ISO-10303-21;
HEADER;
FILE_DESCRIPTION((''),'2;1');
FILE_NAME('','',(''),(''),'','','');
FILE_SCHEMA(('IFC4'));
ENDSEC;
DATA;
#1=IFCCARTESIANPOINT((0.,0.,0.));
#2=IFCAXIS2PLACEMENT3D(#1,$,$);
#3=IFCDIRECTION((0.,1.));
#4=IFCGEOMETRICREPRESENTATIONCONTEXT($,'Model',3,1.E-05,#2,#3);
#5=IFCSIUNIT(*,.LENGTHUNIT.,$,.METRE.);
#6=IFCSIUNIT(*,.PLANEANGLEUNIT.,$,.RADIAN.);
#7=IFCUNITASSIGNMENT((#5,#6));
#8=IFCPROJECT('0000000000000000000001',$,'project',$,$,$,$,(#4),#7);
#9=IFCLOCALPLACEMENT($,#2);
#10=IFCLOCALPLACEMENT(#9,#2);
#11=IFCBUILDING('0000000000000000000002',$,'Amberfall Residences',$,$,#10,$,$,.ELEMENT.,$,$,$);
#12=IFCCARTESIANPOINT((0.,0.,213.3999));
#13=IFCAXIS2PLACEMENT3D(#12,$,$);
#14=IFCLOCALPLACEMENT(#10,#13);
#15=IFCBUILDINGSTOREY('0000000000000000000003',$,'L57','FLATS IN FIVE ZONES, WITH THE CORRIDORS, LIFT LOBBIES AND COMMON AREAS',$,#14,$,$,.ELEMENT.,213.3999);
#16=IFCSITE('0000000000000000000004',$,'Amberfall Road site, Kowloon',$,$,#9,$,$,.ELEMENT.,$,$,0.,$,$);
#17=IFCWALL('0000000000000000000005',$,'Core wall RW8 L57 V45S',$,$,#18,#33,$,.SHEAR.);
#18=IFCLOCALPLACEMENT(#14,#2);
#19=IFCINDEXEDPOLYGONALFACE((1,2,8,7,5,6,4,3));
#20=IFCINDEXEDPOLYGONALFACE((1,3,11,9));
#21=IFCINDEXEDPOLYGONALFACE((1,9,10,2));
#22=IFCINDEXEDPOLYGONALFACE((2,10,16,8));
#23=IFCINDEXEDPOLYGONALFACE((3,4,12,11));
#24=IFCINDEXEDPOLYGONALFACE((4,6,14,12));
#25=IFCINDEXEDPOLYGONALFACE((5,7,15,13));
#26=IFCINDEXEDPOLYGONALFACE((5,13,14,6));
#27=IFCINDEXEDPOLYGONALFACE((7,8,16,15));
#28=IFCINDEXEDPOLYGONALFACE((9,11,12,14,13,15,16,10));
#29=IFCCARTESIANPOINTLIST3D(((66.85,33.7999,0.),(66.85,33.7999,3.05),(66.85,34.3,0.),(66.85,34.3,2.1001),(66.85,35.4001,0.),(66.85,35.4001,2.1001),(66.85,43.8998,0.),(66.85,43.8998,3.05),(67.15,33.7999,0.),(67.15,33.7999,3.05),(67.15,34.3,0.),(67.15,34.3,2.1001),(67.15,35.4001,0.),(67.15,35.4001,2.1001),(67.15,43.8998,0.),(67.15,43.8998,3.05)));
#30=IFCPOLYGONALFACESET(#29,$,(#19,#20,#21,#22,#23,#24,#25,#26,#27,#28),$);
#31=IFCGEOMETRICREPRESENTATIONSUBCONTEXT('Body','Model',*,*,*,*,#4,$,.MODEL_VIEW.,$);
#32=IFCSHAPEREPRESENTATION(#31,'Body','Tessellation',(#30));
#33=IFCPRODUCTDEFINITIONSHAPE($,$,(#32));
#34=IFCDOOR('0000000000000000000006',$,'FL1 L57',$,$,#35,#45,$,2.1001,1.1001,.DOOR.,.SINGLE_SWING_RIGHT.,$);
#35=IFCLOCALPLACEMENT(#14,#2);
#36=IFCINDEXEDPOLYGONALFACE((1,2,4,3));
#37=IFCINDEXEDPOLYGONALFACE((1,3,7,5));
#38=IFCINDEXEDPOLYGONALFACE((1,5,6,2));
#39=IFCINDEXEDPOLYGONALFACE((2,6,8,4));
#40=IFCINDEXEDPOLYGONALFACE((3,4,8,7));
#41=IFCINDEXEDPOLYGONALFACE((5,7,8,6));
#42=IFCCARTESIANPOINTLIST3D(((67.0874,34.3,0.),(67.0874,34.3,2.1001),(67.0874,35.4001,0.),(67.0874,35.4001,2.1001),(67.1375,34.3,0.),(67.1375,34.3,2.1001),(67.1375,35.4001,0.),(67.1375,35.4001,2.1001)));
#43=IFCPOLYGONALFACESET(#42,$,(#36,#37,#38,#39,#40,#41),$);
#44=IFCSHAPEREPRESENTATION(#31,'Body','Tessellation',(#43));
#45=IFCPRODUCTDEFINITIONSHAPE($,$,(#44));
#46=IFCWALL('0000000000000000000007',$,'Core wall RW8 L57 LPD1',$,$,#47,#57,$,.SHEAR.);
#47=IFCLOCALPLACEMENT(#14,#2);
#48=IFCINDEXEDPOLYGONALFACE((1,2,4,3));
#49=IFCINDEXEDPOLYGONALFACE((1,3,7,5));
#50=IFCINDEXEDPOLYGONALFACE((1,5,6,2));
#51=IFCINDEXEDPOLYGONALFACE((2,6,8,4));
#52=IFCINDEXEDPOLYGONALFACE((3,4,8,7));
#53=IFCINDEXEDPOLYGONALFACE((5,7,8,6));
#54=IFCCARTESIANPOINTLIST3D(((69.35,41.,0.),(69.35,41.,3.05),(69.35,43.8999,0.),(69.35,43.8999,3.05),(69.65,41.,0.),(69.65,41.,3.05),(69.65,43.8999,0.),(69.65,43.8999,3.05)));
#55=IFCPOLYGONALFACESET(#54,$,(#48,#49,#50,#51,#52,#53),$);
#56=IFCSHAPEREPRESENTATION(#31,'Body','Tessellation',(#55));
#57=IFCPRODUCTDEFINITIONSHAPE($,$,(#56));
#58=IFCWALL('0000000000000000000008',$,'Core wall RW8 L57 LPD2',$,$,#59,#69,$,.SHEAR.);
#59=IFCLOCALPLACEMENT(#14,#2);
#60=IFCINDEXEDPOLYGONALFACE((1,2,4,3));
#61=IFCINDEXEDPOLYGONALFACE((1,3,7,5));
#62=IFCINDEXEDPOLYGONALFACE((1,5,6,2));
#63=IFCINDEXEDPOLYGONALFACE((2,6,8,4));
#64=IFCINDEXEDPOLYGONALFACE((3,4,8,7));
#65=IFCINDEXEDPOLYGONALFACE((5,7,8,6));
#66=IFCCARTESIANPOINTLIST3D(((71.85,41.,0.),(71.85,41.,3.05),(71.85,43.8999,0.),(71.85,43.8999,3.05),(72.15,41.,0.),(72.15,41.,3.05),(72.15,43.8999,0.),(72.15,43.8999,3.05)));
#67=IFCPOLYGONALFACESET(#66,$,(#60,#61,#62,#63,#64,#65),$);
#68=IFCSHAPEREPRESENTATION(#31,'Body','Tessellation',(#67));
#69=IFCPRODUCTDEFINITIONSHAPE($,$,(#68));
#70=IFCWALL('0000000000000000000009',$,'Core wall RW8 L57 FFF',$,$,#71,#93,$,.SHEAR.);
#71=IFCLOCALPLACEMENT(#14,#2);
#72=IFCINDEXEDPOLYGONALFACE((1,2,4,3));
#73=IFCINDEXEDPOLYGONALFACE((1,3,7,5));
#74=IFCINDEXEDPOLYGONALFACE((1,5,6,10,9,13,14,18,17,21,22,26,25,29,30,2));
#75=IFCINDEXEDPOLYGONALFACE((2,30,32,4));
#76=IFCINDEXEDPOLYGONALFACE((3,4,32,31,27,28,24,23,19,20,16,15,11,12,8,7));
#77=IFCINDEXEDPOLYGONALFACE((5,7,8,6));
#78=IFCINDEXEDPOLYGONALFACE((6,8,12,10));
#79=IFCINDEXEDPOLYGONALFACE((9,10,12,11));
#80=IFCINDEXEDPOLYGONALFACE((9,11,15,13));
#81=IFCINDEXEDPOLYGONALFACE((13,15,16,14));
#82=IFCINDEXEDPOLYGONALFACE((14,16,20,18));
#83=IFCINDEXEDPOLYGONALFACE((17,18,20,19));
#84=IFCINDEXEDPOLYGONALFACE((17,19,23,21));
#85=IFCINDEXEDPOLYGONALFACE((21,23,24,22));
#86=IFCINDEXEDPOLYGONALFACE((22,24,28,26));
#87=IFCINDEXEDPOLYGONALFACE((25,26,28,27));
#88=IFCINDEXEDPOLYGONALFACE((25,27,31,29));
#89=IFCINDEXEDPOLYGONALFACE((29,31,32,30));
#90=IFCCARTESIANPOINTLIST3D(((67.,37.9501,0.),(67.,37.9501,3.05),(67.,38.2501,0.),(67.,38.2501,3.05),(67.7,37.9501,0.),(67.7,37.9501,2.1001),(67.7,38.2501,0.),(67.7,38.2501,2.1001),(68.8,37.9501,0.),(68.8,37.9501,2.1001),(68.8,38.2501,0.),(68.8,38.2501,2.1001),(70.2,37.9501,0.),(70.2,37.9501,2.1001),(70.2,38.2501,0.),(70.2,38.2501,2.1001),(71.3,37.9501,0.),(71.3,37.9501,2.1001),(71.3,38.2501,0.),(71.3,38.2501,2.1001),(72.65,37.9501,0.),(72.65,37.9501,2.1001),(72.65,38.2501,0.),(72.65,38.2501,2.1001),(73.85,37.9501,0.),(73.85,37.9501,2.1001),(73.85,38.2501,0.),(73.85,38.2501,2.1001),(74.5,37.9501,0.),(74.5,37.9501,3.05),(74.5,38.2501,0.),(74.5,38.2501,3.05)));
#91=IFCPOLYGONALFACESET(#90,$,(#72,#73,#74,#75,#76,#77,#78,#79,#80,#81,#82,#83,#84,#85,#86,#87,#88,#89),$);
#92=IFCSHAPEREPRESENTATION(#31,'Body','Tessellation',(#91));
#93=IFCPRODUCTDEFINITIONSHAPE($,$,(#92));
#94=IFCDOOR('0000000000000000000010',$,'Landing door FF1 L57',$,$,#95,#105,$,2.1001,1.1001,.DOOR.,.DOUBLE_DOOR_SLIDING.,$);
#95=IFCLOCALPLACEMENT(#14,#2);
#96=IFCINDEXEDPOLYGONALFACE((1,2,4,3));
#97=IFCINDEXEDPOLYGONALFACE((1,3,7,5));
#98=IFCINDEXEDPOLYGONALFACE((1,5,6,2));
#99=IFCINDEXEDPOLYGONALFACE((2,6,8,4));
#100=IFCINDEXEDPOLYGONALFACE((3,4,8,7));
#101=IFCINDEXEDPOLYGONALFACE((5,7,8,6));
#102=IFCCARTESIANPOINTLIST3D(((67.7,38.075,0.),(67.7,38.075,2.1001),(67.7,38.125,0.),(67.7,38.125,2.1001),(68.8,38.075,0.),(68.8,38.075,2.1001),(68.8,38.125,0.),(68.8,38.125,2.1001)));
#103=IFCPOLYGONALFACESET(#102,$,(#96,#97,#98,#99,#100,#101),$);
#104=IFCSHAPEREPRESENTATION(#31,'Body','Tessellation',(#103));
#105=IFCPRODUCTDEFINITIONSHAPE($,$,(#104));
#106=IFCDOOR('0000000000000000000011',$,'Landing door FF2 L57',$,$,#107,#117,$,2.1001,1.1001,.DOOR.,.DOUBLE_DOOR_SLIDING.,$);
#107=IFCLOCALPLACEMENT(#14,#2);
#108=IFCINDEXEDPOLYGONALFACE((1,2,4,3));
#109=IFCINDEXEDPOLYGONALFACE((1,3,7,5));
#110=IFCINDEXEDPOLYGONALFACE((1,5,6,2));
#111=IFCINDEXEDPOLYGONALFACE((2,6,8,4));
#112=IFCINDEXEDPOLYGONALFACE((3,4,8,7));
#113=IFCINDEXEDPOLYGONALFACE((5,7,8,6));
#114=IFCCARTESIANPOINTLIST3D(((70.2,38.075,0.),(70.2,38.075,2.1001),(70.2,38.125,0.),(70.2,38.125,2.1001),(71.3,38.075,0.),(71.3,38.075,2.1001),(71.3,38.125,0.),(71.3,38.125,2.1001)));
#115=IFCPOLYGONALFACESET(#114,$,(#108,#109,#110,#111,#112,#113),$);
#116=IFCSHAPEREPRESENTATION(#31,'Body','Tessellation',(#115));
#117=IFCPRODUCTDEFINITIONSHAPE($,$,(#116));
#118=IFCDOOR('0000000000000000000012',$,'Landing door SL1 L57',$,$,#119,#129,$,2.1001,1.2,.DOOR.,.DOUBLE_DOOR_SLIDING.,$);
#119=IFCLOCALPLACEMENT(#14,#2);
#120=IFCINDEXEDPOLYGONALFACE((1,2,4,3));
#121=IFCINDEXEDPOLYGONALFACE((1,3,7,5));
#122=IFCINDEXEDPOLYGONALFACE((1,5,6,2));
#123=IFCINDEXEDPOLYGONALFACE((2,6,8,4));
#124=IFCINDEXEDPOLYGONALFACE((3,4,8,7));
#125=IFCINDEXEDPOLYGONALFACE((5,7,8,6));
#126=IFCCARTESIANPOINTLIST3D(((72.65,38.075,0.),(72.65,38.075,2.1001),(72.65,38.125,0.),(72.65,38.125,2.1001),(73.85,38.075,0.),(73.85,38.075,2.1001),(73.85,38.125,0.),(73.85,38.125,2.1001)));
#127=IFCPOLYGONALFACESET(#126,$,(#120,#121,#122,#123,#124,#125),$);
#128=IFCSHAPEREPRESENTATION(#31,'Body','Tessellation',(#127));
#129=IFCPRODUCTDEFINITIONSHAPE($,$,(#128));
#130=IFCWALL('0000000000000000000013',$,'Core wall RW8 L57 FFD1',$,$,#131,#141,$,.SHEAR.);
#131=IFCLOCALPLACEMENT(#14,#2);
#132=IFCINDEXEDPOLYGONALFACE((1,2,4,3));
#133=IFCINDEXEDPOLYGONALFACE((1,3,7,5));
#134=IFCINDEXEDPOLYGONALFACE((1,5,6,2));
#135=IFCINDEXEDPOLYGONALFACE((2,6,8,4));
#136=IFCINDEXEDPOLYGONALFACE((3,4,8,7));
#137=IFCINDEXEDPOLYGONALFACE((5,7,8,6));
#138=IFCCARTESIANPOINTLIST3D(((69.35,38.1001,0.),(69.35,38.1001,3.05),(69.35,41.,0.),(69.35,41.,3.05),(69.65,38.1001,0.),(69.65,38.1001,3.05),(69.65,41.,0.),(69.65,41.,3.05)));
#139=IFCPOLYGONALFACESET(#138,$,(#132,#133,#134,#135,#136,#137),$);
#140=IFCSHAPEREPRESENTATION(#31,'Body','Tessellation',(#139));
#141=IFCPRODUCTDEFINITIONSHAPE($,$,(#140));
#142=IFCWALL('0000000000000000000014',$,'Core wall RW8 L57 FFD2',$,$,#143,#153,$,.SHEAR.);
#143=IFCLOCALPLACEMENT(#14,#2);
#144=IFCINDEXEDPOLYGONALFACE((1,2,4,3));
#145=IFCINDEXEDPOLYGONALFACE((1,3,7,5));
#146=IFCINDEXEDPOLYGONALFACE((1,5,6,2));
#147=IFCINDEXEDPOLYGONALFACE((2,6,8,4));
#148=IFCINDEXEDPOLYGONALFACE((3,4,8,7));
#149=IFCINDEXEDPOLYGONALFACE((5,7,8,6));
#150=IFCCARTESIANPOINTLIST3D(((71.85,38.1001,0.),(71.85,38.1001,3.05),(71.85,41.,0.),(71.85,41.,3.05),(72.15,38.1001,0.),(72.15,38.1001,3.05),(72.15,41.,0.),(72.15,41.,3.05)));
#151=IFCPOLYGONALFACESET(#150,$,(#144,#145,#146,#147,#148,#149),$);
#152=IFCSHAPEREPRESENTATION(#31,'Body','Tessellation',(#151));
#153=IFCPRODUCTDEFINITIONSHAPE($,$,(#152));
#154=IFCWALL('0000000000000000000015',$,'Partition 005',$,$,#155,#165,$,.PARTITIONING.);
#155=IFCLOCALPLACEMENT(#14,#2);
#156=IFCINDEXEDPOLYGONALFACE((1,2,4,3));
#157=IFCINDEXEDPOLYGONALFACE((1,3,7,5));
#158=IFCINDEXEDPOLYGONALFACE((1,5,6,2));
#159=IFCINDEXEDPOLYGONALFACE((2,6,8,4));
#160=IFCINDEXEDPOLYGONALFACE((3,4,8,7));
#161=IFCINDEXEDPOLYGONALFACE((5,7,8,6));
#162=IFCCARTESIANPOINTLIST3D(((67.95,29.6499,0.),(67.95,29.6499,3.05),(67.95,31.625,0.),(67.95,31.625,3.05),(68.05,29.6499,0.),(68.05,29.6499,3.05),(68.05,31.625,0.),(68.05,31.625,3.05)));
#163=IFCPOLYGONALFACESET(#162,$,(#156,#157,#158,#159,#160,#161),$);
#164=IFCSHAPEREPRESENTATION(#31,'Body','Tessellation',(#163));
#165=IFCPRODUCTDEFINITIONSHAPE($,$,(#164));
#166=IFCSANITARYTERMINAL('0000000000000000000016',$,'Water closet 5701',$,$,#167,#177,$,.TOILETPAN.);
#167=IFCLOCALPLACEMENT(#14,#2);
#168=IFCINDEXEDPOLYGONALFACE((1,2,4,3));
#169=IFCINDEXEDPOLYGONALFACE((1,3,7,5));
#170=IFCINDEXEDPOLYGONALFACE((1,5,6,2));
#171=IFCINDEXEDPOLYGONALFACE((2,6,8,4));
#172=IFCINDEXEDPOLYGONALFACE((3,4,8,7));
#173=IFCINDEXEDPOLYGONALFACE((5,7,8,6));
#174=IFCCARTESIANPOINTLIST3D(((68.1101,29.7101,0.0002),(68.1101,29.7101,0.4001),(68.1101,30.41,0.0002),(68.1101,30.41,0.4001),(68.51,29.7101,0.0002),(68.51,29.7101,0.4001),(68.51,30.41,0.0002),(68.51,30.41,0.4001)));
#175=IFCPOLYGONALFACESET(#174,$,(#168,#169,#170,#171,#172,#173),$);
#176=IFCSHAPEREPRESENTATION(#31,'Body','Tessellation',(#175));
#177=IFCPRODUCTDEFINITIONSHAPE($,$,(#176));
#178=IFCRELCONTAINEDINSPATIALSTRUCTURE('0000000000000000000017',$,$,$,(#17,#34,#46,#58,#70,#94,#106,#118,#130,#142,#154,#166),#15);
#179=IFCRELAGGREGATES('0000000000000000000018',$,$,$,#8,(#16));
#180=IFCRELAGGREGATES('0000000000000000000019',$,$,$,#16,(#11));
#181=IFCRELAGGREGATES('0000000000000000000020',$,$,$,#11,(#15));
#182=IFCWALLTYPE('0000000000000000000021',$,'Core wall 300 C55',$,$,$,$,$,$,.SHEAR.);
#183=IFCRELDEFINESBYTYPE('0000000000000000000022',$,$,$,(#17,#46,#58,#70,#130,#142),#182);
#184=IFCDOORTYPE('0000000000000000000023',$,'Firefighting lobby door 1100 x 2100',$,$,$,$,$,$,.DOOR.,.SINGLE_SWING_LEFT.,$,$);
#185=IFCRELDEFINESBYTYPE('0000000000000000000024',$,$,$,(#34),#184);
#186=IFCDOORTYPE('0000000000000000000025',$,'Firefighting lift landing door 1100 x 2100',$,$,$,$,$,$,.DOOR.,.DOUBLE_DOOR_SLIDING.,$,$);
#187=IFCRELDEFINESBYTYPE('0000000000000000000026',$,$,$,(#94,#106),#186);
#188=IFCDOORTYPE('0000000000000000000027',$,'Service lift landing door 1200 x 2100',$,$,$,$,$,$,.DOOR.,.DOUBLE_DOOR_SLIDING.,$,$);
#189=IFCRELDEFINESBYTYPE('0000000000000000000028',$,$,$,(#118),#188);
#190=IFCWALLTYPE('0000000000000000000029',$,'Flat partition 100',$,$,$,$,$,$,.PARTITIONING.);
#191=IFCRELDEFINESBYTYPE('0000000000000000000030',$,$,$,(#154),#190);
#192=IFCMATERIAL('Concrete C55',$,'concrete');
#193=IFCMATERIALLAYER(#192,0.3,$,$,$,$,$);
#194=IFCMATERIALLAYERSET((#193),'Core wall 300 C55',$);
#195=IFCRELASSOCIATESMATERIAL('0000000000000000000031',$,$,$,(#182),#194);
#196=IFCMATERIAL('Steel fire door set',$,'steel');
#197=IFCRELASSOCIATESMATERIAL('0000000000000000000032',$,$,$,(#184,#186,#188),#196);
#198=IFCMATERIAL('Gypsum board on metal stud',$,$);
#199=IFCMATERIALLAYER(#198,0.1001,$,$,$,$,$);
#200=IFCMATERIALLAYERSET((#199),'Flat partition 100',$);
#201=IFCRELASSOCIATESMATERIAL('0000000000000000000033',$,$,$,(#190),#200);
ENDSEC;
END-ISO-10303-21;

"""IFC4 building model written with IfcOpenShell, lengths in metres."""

from ifc_helpers import new_model, si_unit, direction, frame, frame_2d, origin, origin_2d, place, context, subcontext, project, spatial, rectangle, extrude, material, layer, layer_set, type_object, element, fill, save


model = new_model("IFC4")

# Units and contexts
model_context = context("Model", 3, precision=1e-05, world=origin(), true_north=direction((0.0, 1.0)))
body_context = subcontext(model_context, "Body", "Model", "MODEL_VIEW")
ifc_project = project(units=[si_unit("LENGTHUNIT", "METRE"), si_unit("PLANEANGLEUNIT", "RADIAN")], contexts=[model_context])

# Site, building, storey
site_placement = place(None, origin())
site = spatial("IfcSite", under=ifc_project, at=site_placement, Name="Amberfall Road site, Kowloon", CompositionType="ELEMENT", RefElevation=0.0)
building_placement = place(site_placement, origin())
building = spatial("IfcBuilding", under=site, at=building_placement, Name="Amberfall Residences", CompositionType="ELEMENT")
storey_placement = place(building_placement, frame((0.0, 0.0, 213.3999)))
storey = spatial("IfcBuildingStorey", under=building, at=storey_placement, Name="L57", Description="FLATS IN FIVE ZONES, WITH THE CORRIDORS, LIFT LOBBIES AND COMMON AREAS", CompositionType="ELEMENT", Elevation=213.3999)

# Wall, opening, door
ifc_material_1 = material(Name="Concrete C55", Category="concrete")
ifc_layer_1 = layer(ifc_material_1, 0.3)
ifc_layer_set_1 = layer_set([ifc_layer_1], Name="Core wall 300 C55")
wall_type_1 = type_object("IfcWallType", Name="Core wall 300 C55", PredefinedType="SHEAR", material=ifc_layer_set_1)
wall_1_placement = place(storey_placement, frame((67.0, 33.8, 0.0), z_axis=(0.0, 0.0, 1.0), x_axis=(0.0, 1.0, 0.0)))
wall_1 = element("IfcWall", 1, at=wall_1_placement, inside=storey, type_object=wall_type_1, Name="Core wall RW8 L57 V45S", PredefinedType="SHEAR", context=body_context, shape_type="SweptSolid", body=[
    extrude(rectangle(XDim=10.0999, YDim=0.3, at=frame_2d((5.0498, 0.0))), origin(), (0.0, 0.0, 1.0), 3.05),
])
opening_1_placement = place(wall_1_placement, frame((0.5, 0.0, 0.0)))
opening_1 = element("IfcOpeningElement", 2, at=opening_1_placement, cuts=wall_1, PredefinedType="OPENING", context=body_context, shape_type="SweptSolid", body=[
    extrude(rectangle(XDim=1.1001, YDim=2.1001, at=frame_2d((0.55, 1.05))), frame((0.0, 0.1599, 0.0), z_axis=(0.0, -1.0, 0.0), x_axis=(1.0, 0.0, 0.0)), (0.0, 0.0, 1.0), 0.3201),
])
ifc_material_2 = material(Name="Steel fire door set", Category="steel")
door_type_1 = type_object("IfcDoorType", Name="Firefighting lobby door 1100 x 2100", OperationType="SINGLE_SWING_LEFT", PredefinedType="DOOR", material=ifc_material_2)
door_1_placement = place(opening_1_placement, origin())
door_1 = element("IfcDoor", 3, at=door_1_placement, inside=storey, type_object=door_type_1, Name="FL1 L57", OperationType="SINGLE_SWING_RIGHT", OverallHeight=2.1001, OverallWidth=1.1001, PredefinedType="DOOR", context=body_context, shape_type="SweptSolid", body=[
    extrude(rectangle(XDim=1.1001, YDim=2.1001, at=frame_2d((0.55, 1.05))), frame((0.0, -0.0874, 0.0), z_axis=(0.0, -1.0, 0.0), x_axis=(1.0, 0.0, 0.0)), (0.0, 0.0, 1.0), 0.05),
])
fill(opening_1, door_1)

# Walls
for number, where, z_axis, x_axis, name in (
    (4, (69.5, 41.0, 0.0), (0.0, 0.0, 1.0), (0.0, 1.0, 0.0), "Core wall RW8 L57 LPD1"),
    (5, (72.0, 41.0, 0.0), (0.0, 0.0, 1.0), (0.0, 1.0, 0.0), "Core wall RW8 L57 LPD2"),
):
    element("IfcWall", number, at=place(storey_placement, frame(where, z_axis=z_axis, x_axis=x_axis)), inside=storey, type_object=wall_type_1, Name=name, PredefinedType="SHEAR", context=body_context, shape_type="SweptSolid", body=[
        extrude(rectangle(XDim=2.8999, YDim=0.3, at=frame_2d((1.45, 0.0))), origin(), (0.0, 0.0, 1.0), 3.05),
    ])

# Wall, openings, doors
wall_2_placement = place(storey_placement, frame((67.0, 38.1001, 0.0), z_axis=(0.0, 0.0, 1.0), x_axis=(1.0, 0.0, 0.0)))
wall_2 = element("IfcWall", 6, at=wall_2_placement, inside=storey, type_object=wall_type_1, Name="Core wall RW8 L57 FFF", PredefinedType="SHEAR", context=body_context, shape_type="SweptSolid", body=[
    extrude(rectangle(XDim=7.5, YDim=0.3, at=frame_2d((3.75, 0.0))), origin(), (0.0, 0.0, 1.0), 3.05),
])
opening_2_placement = place(wall_2_placement, frame((0.7, 0.0, 0.0)))
opening_2 = element("IfcOpeningElement", 7, at=opening_2_placement, cuts=wall_2, PredefinedType="OPENING", context=body_context, shape_type="SweptSolid", body=[
    extrude(rectangle(XDim=1.1001, YDim=2.1001, at=frame_2d((0.55, 1.05))), frame((0.0, 0.1599, 0.0), z_axis=(0.0, -1.0, 0.0), x_axis=(1.0, 0.0, 0.0)), (0.0, 0.0, 1.0), 0.3201),
])
opening_3_placement = place(wall_2_placement, frame((3.2, 0.0, 0.0)))
opening_3 = element("IfcOpeningElement", 8, at=opening_3_placement, cuts=wall_2, PredefinedType="OPENING", context=body_context, shape_type="SweptSolid", body=[
    extrude(rectangle(XDim=1.1001, YDim=2.1001, at=frame_2d((0.55, 1.05))), frame((0.0, 0.1599, 0.0), z_axis=(0.0, -1.0, 0.0), x_axis=(1.0, 0.0, 0.0)), (0.0, 0.0, 1.0), 0.3201),
])
opening_4_placement = place(wall_2_placement, frame((5.6499, 0.0, 0.0)))
opening_4 = element("IfcOpeningElement", 9, at=opening_4_placement, cuts=wall_2, PredefinedType="OPENING", context=body_context, shape_type="SweptSolid", body=[
    extrude(rectangle(XDim=1.2, YDim=2.1001, at=frame_2d((0.6001, 1.05))), frame((0.0, 0.1599, 0.0), z_axis=(0.0, -1.0, 0.0), x_axis=(1.0, 0.0, 0.0)), (0.0, 0.0, 1.0), 0.3201),
])
door_type_2 = type_object("IfcDoorType", Name="Firefighting lift landing door 1100 x 2100", OperationType="DOUBLE_DOOR_SLIDING", PredefinedType="DOOR", material=ifc_material_2)
door_2_placement = place(opening_2_placement, origin())
door_2 = element("IfcDoor", 10, at=door_2_placement, inside=storey, type_object=door_type_2, Name="Landing door FF1 L57", OperationType="DOUBLE_DOOR_SLIDING", OverallHeight=2.1001, OverallWidth=1.1001, PredefinedType="DOOR", context=body_context, shape_type="SweptSolid", body=[
    extrude(rectangle(XDim=1.1001, YDim=2.1001, at=frame_2d((0.55, 1.05))), frame((0.0, 0.0249, 0.0), z_axis=(0.0, -1.0, 0.0), x_axis=(1.0, 0.0, 0.0)), (0.0, 0.0, 1.0), 0.05),
])
fill(opening_2, door_2)
door_3_placement = place(opening_3_placement, origin())
door_3 = element("IfcDoor", 11, at=door_3_placement, inside=storey, type_object=door_type_2, Name="Landing door FF2 L57", OperationType="DOUBLE_DOOR_SLIDING", OverallHeight=2.1001, OverallWidth=1.1001, PredefinedType="DOOR", context=body_context, shape_type="SweptSolid", body=[
    extrude(rectangle(XDim=1.1001, YDim=2.1001, at=frame_2d((0.55, 1.05))), frame((0.0, 0.0249, 0.0), z_axis=(0.0, -1.0, 0.0), x_axis=(1.0, 0.0, 0.0)), (0.0, 0.0, 1.0), 0.05),
])
fill(opening_3, door_3)
door_type_3 = type_object("IfcDoorType", Name="Service lift landing door 1200 x 2100", OperationType="DOUBLE_DOOR_SLIDING", PredefinedType="DOOR", material=ifc_material_2)
door_4_placement = place(opening_4_placement, origin())
door_4 = element("IfcDoor", 12, at=door_4_placement, inside=storey, type_object=door_type_3, Name="Landing door SL1 L57", OperationType="DOUBLE_DOOR_SLIDING", OverallHeight=2.1001, OverallWidth=1.2, PredefinedType="DOOR", context=body_context, shape_type="SweptSolid", body=[
    extrude(rectangle(XDim=1.2, YDim=2.1001, at=frame_2d((0.6001, 1.05))), frame((0.0, 0.0249, 0.0), z_axis=(0.0, -1.0, 0.0), x_axis=(1.0, 0.0, 0.0)), (0.0, 0.0, 1.0), 0.05),
])
fill(opening_4, door_4)

# Walls
for number, where, z_axis, x_axis, name in (
    (13, (69.5, 38.1001, 0.0), (0.0, 0.0, 1.0), (0.0, 1.0, 0.0), "Core wall RW8 L57 FFD1"),
    (14, (72.0, 38.1001, 0.0), (0.0, 0.0, 1.0), (0.0, 1.0, 0.0), "Core wall RW8 L57 FFD2"),
):
    element("IfcWall", number, at=place(storey_placement, frame(where, z_axis=z_axis, x_axis=x_axis)), inside=storey, type_object=wall_type_1, Name=name, PredefinedType="SHEAR", context=body_context, shape_type="SweptSolid", body=[
        extrude(rectangle(XDim=2.8999, YDim=0.3, at=frame_2d((1.45, 0.0))), origin(), (0.0, 0.0, 1.0), 3.05),
    ])
ifc_material_3 = material(Name="Gypsum board on metal stud")
ifc_layer_2 = layer(ifc_material_3, 0.1001)
ifc_layer_set_2 = layer_set([ifc_layer_2], Name="Flat partition 100")
wall_type_2 = type_object("IfcWallType", Name="Flat partition 100", PredefinedType="PARTITIONING", material=ifc_layer_set_2)
wall_3_placement = place(storey_placement, frame((68.0, 29.6499, 0.0), z_axis=(0.0, 0.0, 1.0), x_axis=(0.0, 1.0, 0.0)))
element("IfcWall", 15, at=wall_3_placement, inside=storey, type_object=wall_type_2, Name="Partition 005", PredefinedType="PARTITIONING", context=body_context, shape_type="SweptSolid", body=[
    extrude(rectangle(XDim=1.9751, YDim=0.1001, at=frame_2d((0.9875, 0.0))), origin(), (0.0, 0.0, 1.0), 3.05),
])

# Sanitary terminal
sanitary_terminal_1_placement = place(storey_placement, frame((68.3101, 30.0601, 0.0002), z_axis=(0.0, 0.0, 1.0), x_axis=(1.0, 0.0, 0.0)))
element("IfcSanitaryTerminal", 16, at=sanitary_terminal_1_placement, inside=storey, Name="Water closet 5701", PredefinedType="TOILETPAN", context=body_context, shape_type="SweptSolid", body=[
    extrude(rectangle(XDim=0.3999, YDim=0.7, at=origin_2d()), origin(), (0.0, 0.0, 1.0), 0.3999),
])

save(model, "model.ifc")
